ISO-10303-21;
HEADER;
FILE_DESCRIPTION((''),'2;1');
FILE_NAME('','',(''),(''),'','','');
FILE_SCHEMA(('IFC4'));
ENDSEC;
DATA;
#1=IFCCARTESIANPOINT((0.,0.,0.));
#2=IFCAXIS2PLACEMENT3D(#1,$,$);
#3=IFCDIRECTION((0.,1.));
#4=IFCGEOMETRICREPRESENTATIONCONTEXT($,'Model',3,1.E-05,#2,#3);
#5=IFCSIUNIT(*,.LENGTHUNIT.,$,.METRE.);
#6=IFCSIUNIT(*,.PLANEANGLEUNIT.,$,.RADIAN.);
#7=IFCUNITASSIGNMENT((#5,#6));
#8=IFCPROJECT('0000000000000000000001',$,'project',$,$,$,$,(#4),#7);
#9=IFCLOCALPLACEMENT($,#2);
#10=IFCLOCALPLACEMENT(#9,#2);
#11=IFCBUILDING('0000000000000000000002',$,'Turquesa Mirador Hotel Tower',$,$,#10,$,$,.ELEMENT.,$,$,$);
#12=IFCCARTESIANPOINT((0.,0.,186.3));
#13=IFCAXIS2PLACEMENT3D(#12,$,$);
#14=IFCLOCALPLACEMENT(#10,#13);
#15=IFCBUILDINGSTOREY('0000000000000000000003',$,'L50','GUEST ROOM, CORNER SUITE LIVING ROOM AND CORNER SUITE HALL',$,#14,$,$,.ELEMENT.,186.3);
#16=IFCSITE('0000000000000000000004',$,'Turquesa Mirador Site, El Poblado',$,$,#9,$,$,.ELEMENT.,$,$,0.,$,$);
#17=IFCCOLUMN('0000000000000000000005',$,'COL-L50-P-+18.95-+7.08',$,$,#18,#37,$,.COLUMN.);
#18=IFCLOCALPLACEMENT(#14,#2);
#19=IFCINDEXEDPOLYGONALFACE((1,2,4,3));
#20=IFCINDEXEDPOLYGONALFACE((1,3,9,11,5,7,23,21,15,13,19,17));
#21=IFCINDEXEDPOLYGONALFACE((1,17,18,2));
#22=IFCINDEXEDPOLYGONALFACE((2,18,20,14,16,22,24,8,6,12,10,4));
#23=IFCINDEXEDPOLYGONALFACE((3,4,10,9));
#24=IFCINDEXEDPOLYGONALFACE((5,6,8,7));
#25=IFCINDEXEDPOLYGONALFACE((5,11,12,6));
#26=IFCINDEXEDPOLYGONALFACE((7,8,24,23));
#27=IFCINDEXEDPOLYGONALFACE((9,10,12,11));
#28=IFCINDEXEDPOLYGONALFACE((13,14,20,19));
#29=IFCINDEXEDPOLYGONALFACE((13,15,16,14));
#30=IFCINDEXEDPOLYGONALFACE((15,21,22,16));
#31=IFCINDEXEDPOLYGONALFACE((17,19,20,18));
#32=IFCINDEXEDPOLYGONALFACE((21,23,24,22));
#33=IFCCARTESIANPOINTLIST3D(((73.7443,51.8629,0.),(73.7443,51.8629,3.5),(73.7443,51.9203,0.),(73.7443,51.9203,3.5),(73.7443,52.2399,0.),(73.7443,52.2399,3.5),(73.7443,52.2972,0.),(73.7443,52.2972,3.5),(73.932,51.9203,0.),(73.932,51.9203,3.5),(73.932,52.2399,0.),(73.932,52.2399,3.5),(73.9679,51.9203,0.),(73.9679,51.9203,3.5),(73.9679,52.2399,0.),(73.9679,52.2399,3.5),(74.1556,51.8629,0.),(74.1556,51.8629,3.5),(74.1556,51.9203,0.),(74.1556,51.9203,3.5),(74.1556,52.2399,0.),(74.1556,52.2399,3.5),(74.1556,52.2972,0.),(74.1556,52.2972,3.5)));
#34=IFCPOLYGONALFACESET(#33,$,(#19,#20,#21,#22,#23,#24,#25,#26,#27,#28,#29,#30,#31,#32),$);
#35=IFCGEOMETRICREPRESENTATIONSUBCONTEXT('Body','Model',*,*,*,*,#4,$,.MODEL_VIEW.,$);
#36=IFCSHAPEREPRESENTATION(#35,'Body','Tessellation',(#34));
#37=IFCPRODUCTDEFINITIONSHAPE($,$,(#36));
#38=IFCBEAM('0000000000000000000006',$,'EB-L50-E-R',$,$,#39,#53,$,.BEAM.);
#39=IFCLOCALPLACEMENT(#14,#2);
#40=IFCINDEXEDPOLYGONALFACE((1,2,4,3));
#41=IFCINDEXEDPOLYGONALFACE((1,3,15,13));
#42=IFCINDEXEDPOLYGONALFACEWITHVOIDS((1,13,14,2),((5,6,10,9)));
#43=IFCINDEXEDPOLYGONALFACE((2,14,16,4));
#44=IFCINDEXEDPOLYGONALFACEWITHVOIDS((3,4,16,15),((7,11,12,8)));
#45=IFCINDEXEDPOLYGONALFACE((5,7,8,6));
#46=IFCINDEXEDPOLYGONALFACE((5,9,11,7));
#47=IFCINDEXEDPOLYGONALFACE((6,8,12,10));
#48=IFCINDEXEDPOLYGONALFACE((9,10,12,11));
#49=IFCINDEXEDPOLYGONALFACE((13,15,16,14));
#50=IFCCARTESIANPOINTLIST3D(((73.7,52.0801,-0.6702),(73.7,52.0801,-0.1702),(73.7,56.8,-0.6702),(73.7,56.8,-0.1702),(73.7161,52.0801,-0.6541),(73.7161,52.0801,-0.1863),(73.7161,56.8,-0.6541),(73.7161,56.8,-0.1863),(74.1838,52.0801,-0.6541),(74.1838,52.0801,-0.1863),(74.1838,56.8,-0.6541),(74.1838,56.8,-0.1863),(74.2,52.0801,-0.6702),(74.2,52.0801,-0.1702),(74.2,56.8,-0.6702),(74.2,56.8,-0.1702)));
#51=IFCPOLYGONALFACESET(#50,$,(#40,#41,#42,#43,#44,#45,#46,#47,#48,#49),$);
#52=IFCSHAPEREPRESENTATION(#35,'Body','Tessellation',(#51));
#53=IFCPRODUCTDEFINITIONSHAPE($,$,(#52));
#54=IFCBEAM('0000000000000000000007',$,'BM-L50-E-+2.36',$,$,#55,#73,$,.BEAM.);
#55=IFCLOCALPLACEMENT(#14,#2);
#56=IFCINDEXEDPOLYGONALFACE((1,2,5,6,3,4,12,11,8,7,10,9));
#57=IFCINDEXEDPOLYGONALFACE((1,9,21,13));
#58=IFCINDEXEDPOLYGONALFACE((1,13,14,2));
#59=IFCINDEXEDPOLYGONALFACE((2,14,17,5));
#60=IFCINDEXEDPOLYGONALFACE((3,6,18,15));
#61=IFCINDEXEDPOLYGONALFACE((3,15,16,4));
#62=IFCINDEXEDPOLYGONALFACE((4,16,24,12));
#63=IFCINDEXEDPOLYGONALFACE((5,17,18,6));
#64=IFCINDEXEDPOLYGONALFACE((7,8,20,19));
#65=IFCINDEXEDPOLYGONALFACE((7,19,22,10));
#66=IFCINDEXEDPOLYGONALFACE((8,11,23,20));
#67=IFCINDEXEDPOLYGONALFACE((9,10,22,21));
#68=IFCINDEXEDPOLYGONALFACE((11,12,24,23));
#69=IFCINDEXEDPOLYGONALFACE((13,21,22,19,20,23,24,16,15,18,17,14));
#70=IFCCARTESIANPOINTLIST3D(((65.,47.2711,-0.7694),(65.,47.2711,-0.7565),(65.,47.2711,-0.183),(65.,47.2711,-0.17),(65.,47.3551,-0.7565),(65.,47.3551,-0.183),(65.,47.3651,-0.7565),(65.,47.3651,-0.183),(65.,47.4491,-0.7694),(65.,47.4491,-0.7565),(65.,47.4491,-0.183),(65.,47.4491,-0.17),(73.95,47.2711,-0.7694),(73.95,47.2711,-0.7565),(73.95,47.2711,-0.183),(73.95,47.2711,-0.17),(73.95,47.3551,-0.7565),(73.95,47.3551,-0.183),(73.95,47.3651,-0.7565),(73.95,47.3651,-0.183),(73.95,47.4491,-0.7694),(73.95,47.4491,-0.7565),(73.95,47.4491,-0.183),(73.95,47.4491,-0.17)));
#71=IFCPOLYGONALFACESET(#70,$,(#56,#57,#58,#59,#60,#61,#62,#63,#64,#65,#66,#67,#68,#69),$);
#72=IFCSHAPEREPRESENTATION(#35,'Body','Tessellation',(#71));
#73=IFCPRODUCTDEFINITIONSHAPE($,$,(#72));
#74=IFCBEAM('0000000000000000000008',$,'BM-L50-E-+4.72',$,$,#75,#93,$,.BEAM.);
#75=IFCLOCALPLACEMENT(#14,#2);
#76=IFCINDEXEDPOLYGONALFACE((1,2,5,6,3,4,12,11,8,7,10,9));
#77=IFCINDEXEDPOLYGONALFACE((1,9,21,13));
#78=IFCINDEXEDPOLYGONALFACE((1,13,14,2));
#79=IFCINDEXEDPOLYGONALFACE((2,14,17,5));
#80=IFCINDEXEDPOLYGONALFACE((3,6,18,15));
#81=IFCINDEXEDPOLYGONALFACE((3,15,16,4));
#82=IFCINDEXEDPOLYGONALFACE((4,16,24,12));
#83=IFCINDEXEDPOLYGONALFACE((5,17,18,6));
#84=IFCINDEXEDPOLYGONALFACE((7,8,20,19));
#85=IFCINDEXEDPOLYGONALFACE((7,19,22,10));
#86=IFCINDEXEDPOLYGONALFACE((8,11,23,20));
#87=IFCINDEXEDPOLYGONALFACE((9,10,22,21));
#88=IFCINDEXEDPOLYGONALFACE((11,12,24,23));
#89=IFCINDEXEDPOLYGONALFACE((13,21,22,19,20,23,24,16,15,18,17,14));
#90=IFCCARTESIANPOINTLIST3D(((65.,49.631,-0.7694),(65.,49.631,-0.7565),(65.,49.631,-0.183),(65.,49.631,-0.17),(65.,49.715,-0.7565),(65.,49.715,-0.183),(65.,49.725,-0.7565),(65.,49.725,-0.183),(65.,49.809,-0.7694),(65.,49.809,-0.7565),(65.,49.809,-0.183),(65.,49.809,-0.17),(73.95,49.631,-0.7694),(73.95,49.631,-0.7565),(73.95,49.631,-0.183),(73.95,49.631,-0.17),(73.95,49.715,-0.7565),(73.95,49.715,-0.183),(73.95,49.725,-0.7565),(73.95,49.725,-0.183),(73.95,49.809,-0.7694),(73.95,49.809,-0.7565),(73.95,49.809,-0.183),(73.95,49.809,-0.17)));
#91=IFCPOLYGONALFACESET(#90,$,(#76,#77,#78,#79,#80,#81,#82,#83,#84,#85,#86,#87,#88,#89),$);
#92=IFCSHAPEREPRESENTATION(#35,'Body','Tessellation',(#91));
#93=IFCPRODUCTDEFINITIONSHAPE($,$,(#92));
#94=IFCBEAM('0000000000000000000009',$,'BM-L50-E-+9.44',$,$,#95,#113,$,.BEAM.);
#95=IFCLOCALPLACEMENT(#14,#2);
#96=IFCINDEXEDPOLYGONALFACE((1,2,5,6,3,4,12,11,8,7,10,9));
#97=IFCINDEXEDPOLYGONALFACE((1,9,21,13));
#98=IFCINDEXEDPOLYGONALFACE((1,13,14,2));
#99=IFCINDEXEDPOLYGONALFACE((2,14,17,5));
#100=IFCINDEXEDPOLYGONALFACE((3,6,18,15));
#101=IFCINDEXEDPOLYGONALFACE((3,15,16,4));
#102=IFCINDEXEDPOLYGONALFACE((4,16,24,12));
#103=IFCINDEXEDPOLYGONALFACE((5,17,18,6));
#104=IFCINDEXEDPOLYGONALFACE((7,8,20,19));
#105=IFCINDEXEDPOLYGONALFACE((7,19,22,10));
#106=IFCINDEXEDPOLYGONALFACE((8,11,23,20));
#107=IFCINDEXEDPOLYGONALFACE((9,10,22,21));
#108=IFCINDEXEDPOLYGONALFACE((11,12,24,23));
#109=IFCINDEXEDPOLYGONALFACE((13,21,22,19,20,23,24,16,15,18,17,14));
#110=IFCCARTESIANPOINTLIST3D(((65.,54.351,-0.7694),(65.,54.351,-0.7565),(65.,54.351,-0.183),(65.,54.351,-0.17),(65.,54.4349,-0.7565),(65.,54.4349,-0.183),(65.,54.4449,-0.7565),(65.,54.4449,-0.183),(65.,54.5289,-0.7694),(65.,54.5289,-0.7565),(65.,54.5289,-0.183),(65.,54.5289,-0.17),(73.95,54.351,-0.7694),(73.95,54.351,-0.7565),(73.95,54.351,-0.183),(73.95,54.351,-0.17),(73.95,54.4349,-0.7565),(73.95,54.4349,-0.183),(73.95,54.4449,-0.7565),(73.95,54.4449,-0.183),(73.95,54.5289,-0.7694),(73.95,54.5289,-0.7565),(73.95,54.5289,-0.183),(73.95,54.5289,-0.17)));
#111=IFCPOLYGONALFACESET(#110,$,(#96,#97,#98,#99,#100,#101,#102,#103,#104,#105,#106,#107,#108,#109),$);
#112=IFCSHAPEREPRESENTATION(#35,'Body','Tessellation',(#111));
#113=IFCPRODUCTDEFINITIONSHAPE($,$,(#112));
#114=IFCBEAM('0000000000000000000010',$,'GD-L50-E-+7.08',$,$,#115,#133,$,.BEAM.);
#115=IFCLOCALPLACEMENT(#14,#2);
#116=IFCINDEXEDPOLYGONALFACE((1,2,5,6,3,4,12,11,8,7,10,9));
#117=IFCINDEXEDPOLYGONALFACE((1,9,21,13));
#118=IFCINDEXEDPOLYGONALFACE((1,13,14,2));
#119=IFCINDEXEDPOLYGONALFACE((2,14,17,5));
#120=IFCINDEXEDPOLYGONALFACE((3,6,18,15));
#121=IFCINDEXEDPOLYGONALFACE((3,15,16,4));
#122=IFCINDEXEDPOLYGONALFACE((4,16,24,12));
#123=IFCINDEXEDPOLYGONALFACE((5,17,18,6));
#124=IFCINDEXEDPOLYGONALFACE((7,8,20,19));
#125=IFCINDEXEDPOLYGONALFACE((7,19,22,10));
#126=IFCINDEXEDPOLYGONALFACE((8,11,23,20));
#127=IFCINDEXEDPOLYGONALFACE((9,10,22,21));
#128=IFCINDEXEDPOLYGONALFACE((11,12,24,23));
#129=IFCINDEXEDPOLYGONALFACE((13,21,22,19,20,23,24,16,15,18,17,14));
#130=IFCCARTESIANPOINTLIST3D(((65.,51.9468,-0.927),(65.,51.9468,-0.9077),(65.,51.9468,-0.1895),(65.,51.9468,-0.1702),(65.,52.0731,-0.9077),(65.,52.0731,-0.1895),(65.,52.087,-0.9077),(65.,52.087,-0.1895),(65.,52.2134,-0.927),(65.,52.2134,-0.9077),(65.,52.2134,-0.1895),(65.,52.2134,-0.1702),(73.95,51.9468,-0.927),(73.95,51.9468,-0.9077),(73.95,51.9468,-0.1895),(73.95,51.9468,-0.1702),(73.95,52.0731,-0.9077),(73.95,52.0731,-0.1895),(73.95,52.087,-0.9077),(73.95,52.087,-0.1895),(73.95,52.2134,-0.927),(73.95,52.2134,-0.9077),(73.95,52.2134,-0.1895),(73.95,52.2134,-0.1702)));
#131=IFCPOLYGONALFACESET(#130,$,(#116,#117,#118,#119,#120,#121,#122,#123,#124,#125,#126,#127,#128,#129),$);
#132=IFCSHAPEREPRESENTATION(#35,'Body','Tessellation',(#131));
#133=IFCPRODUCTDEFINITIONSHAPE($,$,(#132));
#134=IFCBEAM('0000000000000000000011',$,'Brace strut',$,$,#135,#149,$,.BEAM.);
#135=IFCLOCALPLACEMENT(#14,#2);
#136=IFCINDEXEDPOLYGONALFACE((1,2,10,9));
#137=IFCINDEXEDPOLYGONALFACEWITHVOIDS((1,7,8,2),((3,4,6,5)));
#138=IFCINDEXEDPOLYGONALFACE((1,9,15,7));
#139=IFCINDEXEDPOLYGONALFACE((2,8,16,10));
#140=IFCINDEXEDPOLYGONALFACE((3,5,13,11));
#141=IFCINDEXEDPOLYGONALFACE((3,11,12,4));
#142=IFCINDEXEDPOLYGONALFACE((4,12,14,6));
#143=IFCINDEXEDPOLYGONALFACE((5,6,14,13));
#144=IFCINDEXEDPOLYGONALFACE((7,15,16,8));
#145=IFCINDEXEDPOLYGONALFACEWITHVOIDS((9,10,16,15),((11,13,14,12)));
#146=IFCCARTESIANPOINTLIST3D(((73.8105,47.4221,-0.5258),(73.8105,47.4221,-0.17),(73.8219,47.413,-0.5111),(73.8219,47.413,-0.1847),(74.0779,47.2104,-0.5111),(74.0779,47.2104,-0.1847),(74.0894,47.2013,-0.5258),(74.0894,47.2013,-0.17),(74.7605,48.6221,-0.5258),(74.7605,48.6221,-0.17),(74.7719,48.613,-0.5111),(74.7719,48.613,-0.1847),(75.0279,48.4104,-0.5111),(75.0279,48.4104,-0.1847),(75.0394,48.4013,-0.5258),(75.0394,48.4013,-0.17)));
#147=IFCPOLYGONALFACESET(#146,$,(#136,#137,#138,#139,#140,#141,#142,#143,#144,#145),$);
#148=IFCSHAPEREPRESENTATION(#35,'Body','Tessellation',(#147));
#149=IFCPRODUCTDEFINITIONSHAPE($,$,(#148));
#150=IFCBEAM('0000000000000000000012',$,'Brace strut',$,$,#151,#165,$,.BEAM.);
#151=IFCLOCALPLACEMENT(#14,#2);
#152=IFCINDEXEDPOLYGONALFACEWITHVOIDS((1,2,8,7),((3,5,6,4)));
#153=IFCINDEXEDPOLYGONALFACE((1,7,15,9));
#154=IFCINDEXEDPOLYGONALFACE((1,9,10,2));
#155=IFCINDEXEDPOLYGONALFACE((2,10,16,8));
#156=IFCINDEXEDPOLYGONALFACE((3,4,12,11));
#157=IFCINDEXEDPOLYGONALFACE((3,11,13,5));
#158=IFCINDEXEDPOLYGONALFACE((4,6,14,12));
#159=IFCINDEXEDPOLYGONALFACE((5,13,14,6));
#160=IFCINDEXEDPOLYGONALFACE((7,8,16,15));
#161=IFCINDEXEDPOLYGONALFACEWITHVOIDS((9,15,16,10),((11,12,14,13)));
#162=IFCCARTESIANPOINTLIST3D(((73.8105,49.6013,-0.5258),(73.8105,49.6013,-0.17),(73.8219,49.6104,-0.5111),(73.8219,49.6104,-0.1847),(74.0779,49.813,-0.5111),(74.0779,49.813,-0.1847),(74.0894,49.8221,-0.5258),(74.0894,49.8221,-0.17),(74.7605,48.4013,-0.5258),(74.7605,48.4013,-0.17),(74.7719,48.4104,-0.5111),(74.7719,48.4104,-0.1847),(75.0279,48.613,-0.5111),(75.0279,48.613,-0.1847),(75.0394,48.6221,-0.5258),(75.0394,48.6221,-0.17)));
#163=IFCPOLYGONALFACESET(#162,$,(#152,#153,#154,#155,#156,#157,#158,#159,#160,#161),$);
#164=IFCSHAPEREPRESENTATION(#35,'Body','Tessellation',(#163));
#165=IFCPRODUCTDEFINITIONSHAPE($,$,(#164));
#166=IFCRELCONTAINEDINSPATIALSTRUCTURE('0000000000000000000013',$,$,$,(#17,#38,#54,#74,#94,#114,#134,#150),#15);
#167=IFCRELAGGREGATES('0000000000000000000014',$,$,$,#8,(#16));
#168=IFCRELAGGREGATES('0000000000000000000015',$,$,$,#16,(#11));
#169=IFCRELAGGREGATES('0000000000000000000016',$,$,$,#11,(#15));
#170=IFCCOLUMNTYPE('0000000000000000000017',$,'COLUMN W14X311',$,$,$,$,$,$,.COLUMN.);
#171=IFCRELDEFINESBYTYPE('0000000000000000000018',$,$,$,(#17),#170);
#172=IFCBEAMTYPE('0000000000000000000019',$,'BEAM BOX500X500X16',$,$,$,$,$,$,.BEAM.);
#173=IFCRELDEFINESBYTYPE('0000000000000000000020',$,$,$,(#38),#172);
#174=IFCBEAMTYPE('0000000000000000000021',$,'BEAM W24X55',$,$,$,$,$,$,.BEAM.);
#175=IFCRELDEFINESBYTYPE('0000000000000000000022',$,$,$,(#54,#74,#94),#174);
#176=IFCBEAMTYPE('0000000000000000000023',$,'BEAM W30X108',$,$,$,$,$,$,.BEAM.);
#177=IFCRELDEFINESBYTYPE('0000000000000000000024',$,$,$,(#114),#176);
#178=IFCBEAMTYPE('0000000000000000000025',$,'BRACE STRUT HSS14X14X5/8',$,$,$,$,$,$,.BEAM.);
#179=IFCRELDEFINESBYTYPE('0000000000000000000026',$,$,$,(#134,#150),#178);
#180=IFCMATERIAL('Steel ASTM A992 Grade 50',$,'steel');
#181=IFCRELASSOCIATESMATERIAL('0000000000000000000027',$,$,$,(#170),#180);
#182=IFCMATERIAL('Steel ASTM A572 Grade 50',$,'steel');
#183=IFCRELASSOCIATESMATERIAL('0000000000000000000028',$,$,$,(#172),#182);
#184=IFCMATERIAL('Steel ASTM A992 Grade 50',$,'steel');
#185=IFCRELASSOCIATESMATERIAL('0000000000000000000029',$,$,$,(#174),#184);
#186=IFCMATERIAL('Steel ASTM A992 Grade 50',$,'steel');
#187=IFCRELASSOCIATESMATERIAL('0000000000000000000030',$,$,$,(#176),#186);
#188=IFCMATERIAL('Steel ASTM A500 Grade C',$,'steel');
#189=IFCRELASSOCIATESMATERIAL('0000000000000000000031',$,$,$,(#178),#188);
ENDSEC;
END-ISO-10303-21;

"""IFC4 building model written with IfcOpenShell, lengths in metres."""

from ifc_helpers import new_model, si_unit, direction, frame, origin, origin_2d, place, context, subcontext, project, spatial, hollow_rectangle, i_section, extrude, material, material_profile, profile_set, type_object, element, save


model = new_model("IFC4")

# Units and contexts
model_context = context("Model", 3, precision=1e-05, world=origin(), true_north=direction((0.0, 1.0)))
body_context = subcontext(model_context, "Body", "Model", "MODEL_VIEW")
ifc_project = project(units=[si_unit("LENGTHUNIT", "METRE"), si_unit("PLANEANGLEUNIT", "RADIAN")], contexts=[model_context])

# Site, building, storey
site_placement = place(None, origin())
site = spatial("IfcSite", under=ifc_project, at=site_placement, Name="Turquesa Mirador Site, El Poblado", CompositionType="ELEMENT", RefElevation=0.0)
building_placement = place(site_placement, origin())
building = spatial("IfcBuilding", under=site, at=building_placement, Name="Turquesa Mirador Hotel Tower", CompositionType="ELEMENT")
storey_placement = place(building_placement, frame((0.0, 0.0, 186.3)))
storey = spatial("IfcBuildingStorey", under=building, at=storey_placement, Name="L50", Description="GUEST ROOM, CORNER SUITE LIVING ROOM AND CORNER SUITE HALL", CompositionType="ELEMENT", Elevation=186.3)

# Column
ifc_material_1 = material(Name="Steel ASTM A992 Grade 50", Category="steel")
ifc_material_profile_1 = material_profile(ifc_material_1, i_section(OverallWidth=0.4114, OverallDepth=0.4343, WebThickness=0.0359, FlangeThickness=0.0574, at=origin_2d()), Name="W14X311")
ifc_profile_set_1 = profile_set([ifc_material_profile_1], Name="Steel ASTM A992 Grade 50")
column_type = type_object("IfcColumnType", Name="COLUMN W14X311", PredefinedType="COLUMN", material=ifc_profile_set_1)
column_placement = place(storey_placement, frame((73.95, 52.0801, 0.0), z_axis=(0.0, 0.0, 1.0), x_axis=(1.0, 0.0, 0.0)))
element("IfcColumn", 1, at=column_placement, inside=storey, type_object=column_type, Name="COL-L50-P-+18.95-+7.08", PredefinedType="COLUMN", context=body_context, shape_type="SweptSolid", body=[
    extrude(i_section(OverallWidth=0.4114, OverallDepth=0.4343, WebThickness=0.0359, FlangeThickness=0.0574, at=origin_2d()), origin(), (0.0, 0.0, 1.0), 3.5),
])

# Beams
ifc_material_2 = material(Name="Steel ASTM A572 Grade 50", Category="steel")
ifc_material_profile_2 = material_profile(ifc_material_2, hollow_rectangle(XDim=0.5, YDim=0.5, WallThickness=0.0161, at=origin_2d()), Name="BOX500X500X16")
ifc_profile_set_2 = profile_set([ifc_material_profile_2], Name="Steel ASTM A572 Grade 50")
beam_type_1 = type_object("IfcBeamType", Name="BEAM BOX500X500X16", PredefinedType="BEAM", material=ifc_profile_set_2)
beam_1_placement = place(storey_placement, frame((73.95, 52.0801, -0.4202), z_axis=(0.0, 1.0, 0.0), x_axis=(-1.0, 0.0, 0.0)))
element("IfcBeam", 2, at=beam_1_placement, inside=storey, type_object=beam_type_1, Name="EB-L50-E-R", PredefinedType="BEAM", context=body_context, shape_type="SweptSolid", body=[
    extrude(hollow_rectangle(XDim=0.5, YDim=0.5, WallThickness=0.0161, at=origin_2d()), origin(), (0.0, 0.0, 1.0), 4.72),
])
ifc_material_3 = material(Name="Steel ASTM A992 Grade 50", Category="steel")
ifc_material_profile_3 = material_profile(ifc_material_3, i_section(OverallWidth=0.178, OverallDepth=0.5994, WebThickness=0.01, FlangeThickness=0.0129, at=origin_2d()), Name="W24X55")
ifc_profile_set_3 = profile_set([ifc_material_profile_3], Name="Steel ASTM A992 Grade 50")
beam_type_2 = type_object("IfcBeamType", Name="BEAM W24X55", PredefinedType="BEAM", material=ifc_profile_set_3)
for number, where, z_axis, x_axis, name in (
    (3, (73.95, 47.3601, -0.4697), (-1.0, 0.0, 0.0), (0.0, -1.0, 0.0), "BM-L50-E-+2.36"),
    (4, (73.95, 49.72, -0.4697), (-1.0, 0.0, 0.0), (0.0, -1.0, 0.0), "BM-L50-E-+4.72"),
    (5, (73.95, 54.4399, -0.4697), (-1.0, 0.0, 0.0), (0.0, -1.0, 0.0), "BM-L50-E-+9.44"),
):
    element("IfcBeam", number, at=place(storey_placement, frame(where, z_axis=z_axis, x_axis=x_axis)), inside=storey, type_object=beam_type_2, Name=name, PredefinedType="BEAM", context=body_context, shape_type="SweptSolid", body=[
        extrude(i_section(OverallWidth=0.178, OverallDepth=0.5994, WebThickness=0.01, FlangeThickness=0.0129, at=origin_2d()), origin(), (0.0, 0.0, 1.0), 8.95),
    ])
ifc_material_4 = material(Name="Steel ASTM A992 Grade 50", Category="steel")
ifc_material_profile_4 = material_profile(ifc_material_4, i_section(OverallWidth=0.2666, OverallDepth=0.7568, WebThickness=0.0139, FlangeThickness=0.0193, at=origin_2d()), Name="W30X108")
ifc_profile_set_4 = profile_set([ifc_material_profile_4], Name="Steel ASTM A992 Grade 50")
beam_type_3 = type_object("IfcBeamType", Name="BEAM W30X108", PredefinedType="BEAM", material=ifc_profile_set_4)
beam_2_placement = place(storey_placement, frame((73.95, 52.0801, -0.5486), z_axis=(-1.0, 0.0, 0.0), x_axis=(0.0, -1.0, 0.0)))
element("IfcBeam", 6, at=beam_2_placement, inside=storey, type_object=beam_type_3, Name="GD-L50-E-+7.08", PredefinedType="BEAM", context=body_context, shape_type="SweptSolid", body=[
    extrude(i_section(OverallWidth=0.2666, OverallDepth=0.7568, WebThickness=0.0139, FlangeThickness=0.0193, at=origin_2d()), origin(), (0.0, 0.0, 1.0), 8.95),
])
ifc_material_5 = material(Name="Steel ASTM A500 Grade C", Category="steel")
ifc_material_profile_5 = material_profile(ifc_material_5, hollow_rectangle(XDim=0.3557, YDim=0.3557, WallThickness=0.0146, at=origin_2d()), Name="HSS14X14X5/8")
ifc_profile_set_5 = profile_set([ifc_material_profile_5], Name="Steel ASTM A500 Grade C")
beam_type_4 = type_object("IfcBeamType", Name="BRACE STRUT HSS14X14X5/8", PredefinedType="BEAM", material=ifc_profile_set_5)
for number, where, z_axis, x_axis, name in (
    (7, (74.8999, 48.5117, -0.3479), (-0.620699, -0.784049, 0.0), (0.784049, -0.620699, 0.0), "Brace strut"),
    (8, (74.8999, 48.5117, -0.3479), (-0.620699, 0.784049, 0.0), (-0.784049, -0.620699, 0.0), "Brace strut"),
):
    element("IfcBeam", number, at=place(storey_placement, frame(where, z_axis=z_axis, x_axis=x_axis)), inside=storey, type_object=beam_type_4, Name=name, PredefinedType="BEAM", context=body_context, shape_type="SweptSolid", body=[
        extrude(hollow_rectangle(XDim=0.3557, YDim=0.3557, WallThickness=0.0146, at=origin_2d()), origin(), (0.0, 0.0, 1.0), 1.5305),
    ])

save(model, "model.ifc")
